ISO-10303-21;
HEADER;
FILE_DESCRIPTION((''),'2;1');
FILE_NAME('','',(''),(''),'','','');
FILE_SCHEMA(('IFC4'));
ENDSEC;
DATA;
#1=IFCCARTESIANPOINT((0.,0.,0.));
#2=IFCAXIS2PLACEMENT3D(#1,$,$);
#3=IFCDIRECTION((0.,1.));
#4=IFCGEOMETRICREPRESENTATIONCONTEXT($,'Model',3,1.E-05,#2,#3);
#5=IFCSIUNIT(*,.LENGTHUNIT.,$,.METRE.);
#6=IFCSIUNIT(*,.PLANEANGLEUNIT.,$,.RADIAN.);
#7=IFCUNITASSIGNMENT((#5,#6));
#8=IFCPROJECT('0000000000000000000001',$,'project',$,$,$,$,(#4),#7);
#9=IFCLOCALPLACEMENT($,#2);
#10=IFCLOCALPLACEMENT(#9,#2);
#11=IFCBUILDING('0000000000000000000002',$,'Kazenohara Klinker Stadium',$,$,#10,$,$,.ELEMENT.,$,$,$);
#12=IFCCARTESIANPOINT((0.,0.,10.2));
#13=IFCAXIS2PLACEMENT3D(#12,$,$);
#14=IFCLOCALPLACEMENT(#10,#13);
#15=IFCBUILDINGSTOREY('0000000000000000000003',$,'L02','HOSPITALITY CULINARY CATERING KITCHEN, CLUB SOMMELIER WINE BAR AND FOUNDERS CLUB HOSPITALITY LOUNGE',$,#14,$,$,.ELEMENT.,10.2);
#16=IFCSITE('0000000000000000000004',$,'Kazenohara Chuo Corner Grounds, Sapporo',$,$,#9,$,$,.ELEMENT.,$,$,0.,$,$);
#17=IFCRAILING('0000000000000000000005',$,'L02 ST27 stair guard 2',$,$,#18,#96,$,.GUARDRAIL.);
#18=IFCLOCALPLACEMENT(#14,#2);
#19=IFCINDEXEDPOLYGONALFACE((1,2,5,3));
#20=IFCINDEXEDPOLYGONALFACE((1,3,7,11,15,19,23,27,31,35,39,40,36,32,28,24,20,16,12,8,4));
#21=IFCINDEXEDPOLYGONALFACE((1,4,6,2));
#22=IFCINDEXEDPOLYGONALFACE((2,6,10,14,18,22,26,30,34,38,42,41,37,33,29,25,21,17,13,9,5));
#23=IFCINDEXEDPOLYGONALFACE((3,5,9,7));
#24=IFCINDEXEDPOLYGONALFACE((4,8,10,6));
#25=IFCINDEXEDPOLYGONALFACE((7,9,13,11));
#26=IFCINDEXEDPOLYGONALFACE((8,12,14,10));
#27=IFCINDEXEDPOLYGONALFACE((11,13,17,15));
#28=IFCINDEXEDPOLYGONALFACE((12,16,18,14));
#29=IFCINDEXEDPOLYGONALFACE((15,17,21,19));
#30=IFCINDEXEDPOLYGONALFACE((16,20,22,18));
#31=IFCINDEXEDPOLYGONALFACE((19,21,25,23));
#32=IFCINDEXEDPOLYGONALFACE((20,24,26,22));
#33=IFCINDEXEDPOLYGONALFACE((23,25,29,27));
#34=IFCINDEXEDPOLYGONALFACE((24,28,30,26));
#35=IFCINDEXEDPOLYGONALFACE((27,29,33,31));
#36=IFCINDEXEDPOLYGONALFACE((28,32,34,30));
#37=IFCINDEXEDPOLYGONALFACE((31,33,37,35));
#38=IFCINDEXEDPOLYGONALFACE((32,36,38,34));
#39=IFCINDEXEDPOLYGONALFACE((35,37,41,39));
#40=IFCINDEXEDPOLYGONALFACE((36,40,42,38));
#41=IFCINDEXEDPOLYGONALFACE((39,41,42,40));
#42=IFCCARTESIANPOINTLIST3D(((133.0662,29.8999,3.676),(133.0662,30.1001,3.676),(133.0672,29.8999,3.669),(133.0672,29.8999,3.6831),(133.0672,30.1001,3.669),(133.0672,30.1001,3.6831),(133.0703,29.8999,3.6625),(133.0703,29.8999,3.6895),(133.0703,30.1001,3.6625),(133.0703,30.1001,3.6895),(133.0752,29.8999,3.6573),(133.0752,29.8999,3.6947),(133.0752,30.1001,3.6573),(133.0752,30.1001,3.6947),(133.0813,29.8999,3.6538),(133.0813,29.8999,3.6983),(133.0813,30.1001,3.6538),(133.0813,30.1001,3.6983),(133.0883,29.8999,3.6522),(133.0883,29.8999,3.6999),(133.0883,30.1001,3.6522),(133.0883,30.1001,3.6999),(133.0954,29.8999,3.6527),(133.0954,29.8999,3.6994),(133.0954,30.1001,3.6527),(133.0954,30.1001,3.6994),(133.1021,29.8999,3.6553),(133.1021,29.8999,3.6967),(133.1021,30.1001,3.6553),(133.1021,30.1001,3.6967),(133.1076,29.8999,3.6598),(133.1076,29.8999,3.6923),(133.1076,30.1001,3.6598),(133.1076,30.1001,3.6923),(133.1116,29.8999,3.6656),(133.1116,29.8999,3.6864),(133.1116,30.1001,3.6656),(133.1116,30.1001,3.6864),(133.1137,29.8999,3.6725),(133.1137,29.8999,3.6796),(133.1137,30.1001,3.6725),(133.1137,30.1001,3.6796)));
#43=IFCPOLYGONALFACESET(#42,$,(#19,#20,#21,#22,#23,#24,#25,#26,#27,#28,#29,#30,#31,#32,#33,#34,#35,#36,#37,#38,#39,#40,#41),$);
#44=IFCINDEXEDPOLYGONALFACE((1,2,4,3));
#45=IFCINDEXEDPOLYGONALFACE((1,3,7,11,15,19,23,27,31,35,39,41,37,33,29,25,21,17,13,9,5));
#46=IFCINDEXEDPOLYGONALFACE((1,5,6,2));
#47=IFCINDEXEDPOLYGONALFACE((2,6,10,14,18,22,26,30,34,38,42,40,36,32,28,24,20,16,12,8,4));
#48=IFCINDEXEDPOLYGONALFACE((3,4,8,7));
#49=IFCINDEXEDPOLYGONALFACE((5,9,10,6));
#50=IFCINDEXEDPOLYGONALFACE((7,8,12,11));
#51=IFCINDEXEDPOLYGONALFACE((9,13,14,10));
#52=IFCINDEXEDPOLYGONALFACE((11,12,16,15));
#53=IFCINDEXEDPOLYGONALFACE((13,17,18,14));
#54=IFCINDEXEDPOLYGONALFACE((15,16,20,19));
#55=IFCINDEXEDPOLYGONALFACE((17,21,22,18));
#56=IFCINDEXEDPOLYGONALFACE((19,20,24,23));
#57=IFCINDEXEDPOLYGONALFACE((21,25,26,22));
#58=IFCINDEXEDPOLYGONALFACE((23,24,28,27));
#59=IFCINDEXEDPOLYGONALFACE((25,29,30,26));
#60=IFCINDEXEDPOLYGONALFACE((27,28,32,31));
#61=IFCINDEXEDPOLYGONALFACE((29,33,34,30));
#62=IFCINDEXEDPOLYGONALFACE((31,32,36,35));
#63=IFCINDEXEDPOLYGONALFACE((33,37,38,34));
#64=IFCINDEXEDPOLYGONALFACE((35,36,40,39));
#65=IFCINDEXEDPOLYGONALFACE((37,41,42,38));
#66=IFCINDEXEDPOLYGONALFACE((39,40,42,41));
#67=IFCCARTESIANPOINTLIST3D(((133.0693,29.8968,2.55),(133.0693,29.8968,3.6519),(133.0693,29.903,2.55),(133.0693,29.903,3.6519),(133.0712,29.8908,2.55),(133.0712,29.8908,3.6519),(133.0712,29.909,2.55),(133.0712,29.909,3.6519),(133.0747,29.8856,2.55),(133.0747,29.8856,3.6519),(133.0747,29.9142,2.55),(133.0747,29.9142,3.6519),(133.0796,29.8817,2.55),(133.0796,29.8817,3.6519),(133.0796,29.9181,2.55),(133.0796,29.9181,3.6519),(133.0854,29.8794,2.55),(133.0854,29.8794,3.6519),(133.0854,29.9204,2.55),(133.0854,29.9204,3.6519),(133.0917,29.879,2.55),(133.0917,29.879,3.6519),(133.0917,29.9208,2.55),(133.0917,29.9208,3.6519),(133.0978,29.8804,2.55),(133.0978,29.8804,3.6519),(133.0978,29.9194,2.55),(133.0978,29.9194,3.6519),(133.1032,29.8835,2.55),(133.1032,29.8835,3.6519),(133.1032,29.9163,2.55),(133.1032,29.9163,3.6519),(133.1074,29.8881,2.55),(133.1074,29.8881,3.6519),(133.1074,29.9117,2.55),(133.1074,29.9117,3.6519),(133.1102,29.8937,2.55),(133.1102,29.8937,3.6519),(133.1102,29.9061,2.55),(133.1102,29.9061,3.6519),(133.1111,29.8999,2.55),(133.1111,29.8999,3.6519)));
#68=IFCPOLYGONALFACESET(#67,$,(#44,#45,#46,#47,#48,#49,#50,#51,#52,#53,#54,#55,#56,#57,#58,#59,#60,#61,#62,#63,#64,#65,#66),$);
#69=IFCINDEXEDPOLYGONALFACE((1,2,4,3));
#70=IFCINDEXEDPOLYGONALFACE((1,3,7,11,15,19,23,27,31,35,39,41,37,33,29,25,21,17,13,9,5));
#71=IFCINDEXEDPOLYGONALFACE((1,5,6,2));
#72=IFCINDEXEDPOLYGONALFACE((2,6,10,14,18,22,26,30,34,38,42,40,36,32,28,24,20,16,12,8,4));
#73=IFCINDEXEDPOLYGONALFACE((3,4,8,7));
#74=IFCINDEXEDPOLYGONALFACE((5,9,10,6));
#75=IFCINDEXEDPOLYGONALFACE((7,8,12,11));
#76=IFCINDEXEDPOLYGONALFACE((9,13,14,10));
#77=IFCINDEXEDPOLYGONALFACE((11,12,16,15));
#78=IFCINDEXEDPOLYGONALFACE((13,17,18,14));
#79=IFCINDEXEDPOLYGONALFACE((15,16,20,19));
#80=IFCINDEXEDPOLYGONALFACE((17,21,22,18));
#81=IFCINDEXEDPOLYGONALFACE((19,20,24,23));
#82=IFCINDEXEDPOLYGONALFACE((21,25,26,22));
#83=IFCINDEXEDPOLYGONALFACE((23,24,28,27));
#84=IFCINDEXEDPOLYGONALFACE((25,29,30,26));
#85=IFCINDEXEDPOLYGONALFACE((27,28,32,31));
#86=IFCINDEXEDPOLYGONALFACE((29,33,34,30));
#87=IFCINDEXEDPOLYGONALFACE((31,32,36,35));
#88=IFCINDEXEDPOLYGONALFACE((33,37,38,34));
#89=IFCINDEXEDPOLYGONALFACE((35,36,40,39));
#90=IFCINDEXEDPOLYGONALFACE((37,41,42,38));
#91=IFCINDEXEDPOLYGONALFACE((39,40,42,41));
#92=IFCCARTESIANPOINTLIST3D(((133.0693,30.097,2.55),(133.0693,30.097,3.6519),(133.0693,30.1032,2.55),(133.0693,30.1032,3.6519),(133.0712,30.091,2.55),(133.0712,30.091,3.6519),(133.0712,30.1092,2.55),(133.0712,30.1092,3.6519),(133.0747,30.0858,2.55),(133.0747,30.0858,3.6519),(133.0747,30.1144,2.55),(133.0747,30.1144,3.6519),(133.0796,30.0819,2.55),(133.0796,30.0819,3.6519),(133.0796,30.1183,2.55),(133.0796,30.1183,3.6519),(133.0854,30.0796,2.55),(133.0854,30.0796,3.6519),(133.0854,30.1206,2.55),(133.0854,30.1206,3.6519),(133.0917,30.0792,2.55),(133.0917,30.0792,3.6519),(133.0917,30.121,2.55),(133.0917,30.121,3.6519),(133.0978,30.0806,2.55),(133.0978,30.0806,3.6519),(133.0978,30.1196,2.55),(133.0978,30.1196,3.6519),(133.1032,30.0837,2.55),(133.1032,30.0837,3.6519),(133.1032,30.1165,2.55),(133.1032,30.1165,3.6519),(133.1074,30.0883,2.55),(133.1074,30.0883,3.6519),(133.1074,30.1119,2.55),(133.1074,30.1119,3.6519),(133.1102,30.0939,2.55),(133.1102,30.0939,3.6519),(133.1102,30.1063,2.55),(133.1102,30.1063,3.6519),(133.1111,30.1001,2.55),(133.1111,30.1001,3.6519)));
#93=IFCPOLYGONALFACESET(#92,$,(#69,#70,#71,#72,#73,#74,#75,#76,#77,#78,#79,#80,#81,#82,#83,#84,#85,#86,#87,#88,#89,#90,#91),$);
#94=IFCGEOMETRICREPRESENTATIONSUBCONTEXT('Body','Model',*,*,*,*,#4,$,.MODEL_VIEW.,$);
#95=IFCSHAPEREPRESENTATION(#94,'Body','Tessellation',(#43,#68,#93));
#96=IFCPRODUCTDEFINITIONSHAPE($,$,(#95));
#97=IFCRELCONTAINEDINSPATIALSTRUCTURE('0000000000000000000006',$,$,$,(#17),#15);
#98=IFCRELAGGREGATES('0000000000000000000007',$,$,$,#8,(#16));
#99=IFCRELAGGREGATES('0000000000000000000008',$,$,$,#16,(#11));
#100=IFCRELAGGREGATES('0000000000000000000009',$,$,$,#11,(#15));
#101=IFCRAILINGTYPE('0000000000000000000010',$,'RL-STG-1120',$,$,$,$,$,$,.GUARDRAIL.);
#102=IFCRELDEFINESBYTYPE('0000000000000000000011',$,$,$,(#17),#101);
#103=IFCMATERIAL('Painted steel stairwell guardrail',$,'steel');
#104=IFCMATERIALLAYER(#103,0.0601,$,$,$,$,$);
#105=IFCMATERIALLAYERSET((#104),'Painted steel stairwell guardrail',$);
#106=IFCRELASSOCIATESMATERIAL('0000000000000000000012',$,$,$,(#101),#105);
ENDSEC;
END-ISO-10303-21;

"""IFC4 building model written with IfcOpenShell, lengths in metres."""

from ifc_helpers import new_model, si_unit, direction, frame, origin, origin_2d, place, context, subcontext, project, spatial, circle, extrude, material, layer, layer_set, type_object, element, save


model = new_model("IFC4")

# Units and contexts
model_context = context("Model", 3, precision=1e-05, world=origin(), true_north=direction((0.0, 1.0)))
body_context = subcontext(model_context, "Body", "Model", "MODEL_VIEW")
ifc_project = project(units=[si_unit("LENGTHUNIT", "METRE"), si_unit("PLANEANGLEUNIT", "RADIAN")], contexts=[model_context])

# Site, building, storey
site_placement = place(None, origin())
site = spatial("IfcSite", under=ifc_project, at=site_placement, Name="Kazenohara Chuo Corner Grounds, Sapporo", CompositionType="ELEMENT", RefElevation=0.0)
building_placement = place(site_placement, origin())
building = spatial("IfcBuilding", under=site, at=building_placement, Name="Kazenohara Klinker Stadium", CompositionType="ELEMENT")
storey_placement = place(building_placement, frame((0.0, 0.0, 10.2)))
storey = spatial("IfcBuildingStorey", under=building, at=storey_placement, Name="L02", Description="HOSPITALITY CULINARY CATERING KITCHEN, CLUB SOMMELIER WINE BAR AND FOUNDERS CLUB HOSPITALITY LOUNGE", CompositionType="ELEMENT", Elevation=10.2)

# Railing
ifc_material_1 = material(Name="Painted steel stairwell guardrail", Category="steel")
ifc_layer_1 = layer(ifc_material_1, 0.0601)
ifc_layer_set_1 = layer_set([ifc_layer_1], Name="Painted steel stairwell guardrail")
railing_type_1 = type_object("IfcRailingType", Name="RL-STG-1120", PredefinedType="GUARDRAIL", material=ifc_layer_set_1)
railing_1_placement = place(storey_placement, frame((133.0901, 29.8999, 2.55)))
element("IfcRailing", 1, at=railing_1_placement, inside=storey, type_object=railing_type_1, Name="L02 ST27 stair guard 2", PredefinedType="GUARDRAIL", context=body_context, shape_type="SweptSolid", body=[
    extrude(circle(Radius=0.0239, at=origin_2d()), frame((0.0, 0.0, 1.126), z_axis=(0.0, 1.0, 0.0), x_axis=(-1.0, 0.0, 0.0)), (0.0, 0.0, 1.0), 0.2002),
    extrude(circle(Radius=0.021, at=origin_2d()), origin(), (0.0, 0.0, 1.0), 1.1018),
    extrude(circle(Radius=0.021, at=origin_2d()), frame((0.0, 0.2002, 0.0)), (0.0, 0.0, 1.0), 1.1018),
])

save(model, "model.ifc")
